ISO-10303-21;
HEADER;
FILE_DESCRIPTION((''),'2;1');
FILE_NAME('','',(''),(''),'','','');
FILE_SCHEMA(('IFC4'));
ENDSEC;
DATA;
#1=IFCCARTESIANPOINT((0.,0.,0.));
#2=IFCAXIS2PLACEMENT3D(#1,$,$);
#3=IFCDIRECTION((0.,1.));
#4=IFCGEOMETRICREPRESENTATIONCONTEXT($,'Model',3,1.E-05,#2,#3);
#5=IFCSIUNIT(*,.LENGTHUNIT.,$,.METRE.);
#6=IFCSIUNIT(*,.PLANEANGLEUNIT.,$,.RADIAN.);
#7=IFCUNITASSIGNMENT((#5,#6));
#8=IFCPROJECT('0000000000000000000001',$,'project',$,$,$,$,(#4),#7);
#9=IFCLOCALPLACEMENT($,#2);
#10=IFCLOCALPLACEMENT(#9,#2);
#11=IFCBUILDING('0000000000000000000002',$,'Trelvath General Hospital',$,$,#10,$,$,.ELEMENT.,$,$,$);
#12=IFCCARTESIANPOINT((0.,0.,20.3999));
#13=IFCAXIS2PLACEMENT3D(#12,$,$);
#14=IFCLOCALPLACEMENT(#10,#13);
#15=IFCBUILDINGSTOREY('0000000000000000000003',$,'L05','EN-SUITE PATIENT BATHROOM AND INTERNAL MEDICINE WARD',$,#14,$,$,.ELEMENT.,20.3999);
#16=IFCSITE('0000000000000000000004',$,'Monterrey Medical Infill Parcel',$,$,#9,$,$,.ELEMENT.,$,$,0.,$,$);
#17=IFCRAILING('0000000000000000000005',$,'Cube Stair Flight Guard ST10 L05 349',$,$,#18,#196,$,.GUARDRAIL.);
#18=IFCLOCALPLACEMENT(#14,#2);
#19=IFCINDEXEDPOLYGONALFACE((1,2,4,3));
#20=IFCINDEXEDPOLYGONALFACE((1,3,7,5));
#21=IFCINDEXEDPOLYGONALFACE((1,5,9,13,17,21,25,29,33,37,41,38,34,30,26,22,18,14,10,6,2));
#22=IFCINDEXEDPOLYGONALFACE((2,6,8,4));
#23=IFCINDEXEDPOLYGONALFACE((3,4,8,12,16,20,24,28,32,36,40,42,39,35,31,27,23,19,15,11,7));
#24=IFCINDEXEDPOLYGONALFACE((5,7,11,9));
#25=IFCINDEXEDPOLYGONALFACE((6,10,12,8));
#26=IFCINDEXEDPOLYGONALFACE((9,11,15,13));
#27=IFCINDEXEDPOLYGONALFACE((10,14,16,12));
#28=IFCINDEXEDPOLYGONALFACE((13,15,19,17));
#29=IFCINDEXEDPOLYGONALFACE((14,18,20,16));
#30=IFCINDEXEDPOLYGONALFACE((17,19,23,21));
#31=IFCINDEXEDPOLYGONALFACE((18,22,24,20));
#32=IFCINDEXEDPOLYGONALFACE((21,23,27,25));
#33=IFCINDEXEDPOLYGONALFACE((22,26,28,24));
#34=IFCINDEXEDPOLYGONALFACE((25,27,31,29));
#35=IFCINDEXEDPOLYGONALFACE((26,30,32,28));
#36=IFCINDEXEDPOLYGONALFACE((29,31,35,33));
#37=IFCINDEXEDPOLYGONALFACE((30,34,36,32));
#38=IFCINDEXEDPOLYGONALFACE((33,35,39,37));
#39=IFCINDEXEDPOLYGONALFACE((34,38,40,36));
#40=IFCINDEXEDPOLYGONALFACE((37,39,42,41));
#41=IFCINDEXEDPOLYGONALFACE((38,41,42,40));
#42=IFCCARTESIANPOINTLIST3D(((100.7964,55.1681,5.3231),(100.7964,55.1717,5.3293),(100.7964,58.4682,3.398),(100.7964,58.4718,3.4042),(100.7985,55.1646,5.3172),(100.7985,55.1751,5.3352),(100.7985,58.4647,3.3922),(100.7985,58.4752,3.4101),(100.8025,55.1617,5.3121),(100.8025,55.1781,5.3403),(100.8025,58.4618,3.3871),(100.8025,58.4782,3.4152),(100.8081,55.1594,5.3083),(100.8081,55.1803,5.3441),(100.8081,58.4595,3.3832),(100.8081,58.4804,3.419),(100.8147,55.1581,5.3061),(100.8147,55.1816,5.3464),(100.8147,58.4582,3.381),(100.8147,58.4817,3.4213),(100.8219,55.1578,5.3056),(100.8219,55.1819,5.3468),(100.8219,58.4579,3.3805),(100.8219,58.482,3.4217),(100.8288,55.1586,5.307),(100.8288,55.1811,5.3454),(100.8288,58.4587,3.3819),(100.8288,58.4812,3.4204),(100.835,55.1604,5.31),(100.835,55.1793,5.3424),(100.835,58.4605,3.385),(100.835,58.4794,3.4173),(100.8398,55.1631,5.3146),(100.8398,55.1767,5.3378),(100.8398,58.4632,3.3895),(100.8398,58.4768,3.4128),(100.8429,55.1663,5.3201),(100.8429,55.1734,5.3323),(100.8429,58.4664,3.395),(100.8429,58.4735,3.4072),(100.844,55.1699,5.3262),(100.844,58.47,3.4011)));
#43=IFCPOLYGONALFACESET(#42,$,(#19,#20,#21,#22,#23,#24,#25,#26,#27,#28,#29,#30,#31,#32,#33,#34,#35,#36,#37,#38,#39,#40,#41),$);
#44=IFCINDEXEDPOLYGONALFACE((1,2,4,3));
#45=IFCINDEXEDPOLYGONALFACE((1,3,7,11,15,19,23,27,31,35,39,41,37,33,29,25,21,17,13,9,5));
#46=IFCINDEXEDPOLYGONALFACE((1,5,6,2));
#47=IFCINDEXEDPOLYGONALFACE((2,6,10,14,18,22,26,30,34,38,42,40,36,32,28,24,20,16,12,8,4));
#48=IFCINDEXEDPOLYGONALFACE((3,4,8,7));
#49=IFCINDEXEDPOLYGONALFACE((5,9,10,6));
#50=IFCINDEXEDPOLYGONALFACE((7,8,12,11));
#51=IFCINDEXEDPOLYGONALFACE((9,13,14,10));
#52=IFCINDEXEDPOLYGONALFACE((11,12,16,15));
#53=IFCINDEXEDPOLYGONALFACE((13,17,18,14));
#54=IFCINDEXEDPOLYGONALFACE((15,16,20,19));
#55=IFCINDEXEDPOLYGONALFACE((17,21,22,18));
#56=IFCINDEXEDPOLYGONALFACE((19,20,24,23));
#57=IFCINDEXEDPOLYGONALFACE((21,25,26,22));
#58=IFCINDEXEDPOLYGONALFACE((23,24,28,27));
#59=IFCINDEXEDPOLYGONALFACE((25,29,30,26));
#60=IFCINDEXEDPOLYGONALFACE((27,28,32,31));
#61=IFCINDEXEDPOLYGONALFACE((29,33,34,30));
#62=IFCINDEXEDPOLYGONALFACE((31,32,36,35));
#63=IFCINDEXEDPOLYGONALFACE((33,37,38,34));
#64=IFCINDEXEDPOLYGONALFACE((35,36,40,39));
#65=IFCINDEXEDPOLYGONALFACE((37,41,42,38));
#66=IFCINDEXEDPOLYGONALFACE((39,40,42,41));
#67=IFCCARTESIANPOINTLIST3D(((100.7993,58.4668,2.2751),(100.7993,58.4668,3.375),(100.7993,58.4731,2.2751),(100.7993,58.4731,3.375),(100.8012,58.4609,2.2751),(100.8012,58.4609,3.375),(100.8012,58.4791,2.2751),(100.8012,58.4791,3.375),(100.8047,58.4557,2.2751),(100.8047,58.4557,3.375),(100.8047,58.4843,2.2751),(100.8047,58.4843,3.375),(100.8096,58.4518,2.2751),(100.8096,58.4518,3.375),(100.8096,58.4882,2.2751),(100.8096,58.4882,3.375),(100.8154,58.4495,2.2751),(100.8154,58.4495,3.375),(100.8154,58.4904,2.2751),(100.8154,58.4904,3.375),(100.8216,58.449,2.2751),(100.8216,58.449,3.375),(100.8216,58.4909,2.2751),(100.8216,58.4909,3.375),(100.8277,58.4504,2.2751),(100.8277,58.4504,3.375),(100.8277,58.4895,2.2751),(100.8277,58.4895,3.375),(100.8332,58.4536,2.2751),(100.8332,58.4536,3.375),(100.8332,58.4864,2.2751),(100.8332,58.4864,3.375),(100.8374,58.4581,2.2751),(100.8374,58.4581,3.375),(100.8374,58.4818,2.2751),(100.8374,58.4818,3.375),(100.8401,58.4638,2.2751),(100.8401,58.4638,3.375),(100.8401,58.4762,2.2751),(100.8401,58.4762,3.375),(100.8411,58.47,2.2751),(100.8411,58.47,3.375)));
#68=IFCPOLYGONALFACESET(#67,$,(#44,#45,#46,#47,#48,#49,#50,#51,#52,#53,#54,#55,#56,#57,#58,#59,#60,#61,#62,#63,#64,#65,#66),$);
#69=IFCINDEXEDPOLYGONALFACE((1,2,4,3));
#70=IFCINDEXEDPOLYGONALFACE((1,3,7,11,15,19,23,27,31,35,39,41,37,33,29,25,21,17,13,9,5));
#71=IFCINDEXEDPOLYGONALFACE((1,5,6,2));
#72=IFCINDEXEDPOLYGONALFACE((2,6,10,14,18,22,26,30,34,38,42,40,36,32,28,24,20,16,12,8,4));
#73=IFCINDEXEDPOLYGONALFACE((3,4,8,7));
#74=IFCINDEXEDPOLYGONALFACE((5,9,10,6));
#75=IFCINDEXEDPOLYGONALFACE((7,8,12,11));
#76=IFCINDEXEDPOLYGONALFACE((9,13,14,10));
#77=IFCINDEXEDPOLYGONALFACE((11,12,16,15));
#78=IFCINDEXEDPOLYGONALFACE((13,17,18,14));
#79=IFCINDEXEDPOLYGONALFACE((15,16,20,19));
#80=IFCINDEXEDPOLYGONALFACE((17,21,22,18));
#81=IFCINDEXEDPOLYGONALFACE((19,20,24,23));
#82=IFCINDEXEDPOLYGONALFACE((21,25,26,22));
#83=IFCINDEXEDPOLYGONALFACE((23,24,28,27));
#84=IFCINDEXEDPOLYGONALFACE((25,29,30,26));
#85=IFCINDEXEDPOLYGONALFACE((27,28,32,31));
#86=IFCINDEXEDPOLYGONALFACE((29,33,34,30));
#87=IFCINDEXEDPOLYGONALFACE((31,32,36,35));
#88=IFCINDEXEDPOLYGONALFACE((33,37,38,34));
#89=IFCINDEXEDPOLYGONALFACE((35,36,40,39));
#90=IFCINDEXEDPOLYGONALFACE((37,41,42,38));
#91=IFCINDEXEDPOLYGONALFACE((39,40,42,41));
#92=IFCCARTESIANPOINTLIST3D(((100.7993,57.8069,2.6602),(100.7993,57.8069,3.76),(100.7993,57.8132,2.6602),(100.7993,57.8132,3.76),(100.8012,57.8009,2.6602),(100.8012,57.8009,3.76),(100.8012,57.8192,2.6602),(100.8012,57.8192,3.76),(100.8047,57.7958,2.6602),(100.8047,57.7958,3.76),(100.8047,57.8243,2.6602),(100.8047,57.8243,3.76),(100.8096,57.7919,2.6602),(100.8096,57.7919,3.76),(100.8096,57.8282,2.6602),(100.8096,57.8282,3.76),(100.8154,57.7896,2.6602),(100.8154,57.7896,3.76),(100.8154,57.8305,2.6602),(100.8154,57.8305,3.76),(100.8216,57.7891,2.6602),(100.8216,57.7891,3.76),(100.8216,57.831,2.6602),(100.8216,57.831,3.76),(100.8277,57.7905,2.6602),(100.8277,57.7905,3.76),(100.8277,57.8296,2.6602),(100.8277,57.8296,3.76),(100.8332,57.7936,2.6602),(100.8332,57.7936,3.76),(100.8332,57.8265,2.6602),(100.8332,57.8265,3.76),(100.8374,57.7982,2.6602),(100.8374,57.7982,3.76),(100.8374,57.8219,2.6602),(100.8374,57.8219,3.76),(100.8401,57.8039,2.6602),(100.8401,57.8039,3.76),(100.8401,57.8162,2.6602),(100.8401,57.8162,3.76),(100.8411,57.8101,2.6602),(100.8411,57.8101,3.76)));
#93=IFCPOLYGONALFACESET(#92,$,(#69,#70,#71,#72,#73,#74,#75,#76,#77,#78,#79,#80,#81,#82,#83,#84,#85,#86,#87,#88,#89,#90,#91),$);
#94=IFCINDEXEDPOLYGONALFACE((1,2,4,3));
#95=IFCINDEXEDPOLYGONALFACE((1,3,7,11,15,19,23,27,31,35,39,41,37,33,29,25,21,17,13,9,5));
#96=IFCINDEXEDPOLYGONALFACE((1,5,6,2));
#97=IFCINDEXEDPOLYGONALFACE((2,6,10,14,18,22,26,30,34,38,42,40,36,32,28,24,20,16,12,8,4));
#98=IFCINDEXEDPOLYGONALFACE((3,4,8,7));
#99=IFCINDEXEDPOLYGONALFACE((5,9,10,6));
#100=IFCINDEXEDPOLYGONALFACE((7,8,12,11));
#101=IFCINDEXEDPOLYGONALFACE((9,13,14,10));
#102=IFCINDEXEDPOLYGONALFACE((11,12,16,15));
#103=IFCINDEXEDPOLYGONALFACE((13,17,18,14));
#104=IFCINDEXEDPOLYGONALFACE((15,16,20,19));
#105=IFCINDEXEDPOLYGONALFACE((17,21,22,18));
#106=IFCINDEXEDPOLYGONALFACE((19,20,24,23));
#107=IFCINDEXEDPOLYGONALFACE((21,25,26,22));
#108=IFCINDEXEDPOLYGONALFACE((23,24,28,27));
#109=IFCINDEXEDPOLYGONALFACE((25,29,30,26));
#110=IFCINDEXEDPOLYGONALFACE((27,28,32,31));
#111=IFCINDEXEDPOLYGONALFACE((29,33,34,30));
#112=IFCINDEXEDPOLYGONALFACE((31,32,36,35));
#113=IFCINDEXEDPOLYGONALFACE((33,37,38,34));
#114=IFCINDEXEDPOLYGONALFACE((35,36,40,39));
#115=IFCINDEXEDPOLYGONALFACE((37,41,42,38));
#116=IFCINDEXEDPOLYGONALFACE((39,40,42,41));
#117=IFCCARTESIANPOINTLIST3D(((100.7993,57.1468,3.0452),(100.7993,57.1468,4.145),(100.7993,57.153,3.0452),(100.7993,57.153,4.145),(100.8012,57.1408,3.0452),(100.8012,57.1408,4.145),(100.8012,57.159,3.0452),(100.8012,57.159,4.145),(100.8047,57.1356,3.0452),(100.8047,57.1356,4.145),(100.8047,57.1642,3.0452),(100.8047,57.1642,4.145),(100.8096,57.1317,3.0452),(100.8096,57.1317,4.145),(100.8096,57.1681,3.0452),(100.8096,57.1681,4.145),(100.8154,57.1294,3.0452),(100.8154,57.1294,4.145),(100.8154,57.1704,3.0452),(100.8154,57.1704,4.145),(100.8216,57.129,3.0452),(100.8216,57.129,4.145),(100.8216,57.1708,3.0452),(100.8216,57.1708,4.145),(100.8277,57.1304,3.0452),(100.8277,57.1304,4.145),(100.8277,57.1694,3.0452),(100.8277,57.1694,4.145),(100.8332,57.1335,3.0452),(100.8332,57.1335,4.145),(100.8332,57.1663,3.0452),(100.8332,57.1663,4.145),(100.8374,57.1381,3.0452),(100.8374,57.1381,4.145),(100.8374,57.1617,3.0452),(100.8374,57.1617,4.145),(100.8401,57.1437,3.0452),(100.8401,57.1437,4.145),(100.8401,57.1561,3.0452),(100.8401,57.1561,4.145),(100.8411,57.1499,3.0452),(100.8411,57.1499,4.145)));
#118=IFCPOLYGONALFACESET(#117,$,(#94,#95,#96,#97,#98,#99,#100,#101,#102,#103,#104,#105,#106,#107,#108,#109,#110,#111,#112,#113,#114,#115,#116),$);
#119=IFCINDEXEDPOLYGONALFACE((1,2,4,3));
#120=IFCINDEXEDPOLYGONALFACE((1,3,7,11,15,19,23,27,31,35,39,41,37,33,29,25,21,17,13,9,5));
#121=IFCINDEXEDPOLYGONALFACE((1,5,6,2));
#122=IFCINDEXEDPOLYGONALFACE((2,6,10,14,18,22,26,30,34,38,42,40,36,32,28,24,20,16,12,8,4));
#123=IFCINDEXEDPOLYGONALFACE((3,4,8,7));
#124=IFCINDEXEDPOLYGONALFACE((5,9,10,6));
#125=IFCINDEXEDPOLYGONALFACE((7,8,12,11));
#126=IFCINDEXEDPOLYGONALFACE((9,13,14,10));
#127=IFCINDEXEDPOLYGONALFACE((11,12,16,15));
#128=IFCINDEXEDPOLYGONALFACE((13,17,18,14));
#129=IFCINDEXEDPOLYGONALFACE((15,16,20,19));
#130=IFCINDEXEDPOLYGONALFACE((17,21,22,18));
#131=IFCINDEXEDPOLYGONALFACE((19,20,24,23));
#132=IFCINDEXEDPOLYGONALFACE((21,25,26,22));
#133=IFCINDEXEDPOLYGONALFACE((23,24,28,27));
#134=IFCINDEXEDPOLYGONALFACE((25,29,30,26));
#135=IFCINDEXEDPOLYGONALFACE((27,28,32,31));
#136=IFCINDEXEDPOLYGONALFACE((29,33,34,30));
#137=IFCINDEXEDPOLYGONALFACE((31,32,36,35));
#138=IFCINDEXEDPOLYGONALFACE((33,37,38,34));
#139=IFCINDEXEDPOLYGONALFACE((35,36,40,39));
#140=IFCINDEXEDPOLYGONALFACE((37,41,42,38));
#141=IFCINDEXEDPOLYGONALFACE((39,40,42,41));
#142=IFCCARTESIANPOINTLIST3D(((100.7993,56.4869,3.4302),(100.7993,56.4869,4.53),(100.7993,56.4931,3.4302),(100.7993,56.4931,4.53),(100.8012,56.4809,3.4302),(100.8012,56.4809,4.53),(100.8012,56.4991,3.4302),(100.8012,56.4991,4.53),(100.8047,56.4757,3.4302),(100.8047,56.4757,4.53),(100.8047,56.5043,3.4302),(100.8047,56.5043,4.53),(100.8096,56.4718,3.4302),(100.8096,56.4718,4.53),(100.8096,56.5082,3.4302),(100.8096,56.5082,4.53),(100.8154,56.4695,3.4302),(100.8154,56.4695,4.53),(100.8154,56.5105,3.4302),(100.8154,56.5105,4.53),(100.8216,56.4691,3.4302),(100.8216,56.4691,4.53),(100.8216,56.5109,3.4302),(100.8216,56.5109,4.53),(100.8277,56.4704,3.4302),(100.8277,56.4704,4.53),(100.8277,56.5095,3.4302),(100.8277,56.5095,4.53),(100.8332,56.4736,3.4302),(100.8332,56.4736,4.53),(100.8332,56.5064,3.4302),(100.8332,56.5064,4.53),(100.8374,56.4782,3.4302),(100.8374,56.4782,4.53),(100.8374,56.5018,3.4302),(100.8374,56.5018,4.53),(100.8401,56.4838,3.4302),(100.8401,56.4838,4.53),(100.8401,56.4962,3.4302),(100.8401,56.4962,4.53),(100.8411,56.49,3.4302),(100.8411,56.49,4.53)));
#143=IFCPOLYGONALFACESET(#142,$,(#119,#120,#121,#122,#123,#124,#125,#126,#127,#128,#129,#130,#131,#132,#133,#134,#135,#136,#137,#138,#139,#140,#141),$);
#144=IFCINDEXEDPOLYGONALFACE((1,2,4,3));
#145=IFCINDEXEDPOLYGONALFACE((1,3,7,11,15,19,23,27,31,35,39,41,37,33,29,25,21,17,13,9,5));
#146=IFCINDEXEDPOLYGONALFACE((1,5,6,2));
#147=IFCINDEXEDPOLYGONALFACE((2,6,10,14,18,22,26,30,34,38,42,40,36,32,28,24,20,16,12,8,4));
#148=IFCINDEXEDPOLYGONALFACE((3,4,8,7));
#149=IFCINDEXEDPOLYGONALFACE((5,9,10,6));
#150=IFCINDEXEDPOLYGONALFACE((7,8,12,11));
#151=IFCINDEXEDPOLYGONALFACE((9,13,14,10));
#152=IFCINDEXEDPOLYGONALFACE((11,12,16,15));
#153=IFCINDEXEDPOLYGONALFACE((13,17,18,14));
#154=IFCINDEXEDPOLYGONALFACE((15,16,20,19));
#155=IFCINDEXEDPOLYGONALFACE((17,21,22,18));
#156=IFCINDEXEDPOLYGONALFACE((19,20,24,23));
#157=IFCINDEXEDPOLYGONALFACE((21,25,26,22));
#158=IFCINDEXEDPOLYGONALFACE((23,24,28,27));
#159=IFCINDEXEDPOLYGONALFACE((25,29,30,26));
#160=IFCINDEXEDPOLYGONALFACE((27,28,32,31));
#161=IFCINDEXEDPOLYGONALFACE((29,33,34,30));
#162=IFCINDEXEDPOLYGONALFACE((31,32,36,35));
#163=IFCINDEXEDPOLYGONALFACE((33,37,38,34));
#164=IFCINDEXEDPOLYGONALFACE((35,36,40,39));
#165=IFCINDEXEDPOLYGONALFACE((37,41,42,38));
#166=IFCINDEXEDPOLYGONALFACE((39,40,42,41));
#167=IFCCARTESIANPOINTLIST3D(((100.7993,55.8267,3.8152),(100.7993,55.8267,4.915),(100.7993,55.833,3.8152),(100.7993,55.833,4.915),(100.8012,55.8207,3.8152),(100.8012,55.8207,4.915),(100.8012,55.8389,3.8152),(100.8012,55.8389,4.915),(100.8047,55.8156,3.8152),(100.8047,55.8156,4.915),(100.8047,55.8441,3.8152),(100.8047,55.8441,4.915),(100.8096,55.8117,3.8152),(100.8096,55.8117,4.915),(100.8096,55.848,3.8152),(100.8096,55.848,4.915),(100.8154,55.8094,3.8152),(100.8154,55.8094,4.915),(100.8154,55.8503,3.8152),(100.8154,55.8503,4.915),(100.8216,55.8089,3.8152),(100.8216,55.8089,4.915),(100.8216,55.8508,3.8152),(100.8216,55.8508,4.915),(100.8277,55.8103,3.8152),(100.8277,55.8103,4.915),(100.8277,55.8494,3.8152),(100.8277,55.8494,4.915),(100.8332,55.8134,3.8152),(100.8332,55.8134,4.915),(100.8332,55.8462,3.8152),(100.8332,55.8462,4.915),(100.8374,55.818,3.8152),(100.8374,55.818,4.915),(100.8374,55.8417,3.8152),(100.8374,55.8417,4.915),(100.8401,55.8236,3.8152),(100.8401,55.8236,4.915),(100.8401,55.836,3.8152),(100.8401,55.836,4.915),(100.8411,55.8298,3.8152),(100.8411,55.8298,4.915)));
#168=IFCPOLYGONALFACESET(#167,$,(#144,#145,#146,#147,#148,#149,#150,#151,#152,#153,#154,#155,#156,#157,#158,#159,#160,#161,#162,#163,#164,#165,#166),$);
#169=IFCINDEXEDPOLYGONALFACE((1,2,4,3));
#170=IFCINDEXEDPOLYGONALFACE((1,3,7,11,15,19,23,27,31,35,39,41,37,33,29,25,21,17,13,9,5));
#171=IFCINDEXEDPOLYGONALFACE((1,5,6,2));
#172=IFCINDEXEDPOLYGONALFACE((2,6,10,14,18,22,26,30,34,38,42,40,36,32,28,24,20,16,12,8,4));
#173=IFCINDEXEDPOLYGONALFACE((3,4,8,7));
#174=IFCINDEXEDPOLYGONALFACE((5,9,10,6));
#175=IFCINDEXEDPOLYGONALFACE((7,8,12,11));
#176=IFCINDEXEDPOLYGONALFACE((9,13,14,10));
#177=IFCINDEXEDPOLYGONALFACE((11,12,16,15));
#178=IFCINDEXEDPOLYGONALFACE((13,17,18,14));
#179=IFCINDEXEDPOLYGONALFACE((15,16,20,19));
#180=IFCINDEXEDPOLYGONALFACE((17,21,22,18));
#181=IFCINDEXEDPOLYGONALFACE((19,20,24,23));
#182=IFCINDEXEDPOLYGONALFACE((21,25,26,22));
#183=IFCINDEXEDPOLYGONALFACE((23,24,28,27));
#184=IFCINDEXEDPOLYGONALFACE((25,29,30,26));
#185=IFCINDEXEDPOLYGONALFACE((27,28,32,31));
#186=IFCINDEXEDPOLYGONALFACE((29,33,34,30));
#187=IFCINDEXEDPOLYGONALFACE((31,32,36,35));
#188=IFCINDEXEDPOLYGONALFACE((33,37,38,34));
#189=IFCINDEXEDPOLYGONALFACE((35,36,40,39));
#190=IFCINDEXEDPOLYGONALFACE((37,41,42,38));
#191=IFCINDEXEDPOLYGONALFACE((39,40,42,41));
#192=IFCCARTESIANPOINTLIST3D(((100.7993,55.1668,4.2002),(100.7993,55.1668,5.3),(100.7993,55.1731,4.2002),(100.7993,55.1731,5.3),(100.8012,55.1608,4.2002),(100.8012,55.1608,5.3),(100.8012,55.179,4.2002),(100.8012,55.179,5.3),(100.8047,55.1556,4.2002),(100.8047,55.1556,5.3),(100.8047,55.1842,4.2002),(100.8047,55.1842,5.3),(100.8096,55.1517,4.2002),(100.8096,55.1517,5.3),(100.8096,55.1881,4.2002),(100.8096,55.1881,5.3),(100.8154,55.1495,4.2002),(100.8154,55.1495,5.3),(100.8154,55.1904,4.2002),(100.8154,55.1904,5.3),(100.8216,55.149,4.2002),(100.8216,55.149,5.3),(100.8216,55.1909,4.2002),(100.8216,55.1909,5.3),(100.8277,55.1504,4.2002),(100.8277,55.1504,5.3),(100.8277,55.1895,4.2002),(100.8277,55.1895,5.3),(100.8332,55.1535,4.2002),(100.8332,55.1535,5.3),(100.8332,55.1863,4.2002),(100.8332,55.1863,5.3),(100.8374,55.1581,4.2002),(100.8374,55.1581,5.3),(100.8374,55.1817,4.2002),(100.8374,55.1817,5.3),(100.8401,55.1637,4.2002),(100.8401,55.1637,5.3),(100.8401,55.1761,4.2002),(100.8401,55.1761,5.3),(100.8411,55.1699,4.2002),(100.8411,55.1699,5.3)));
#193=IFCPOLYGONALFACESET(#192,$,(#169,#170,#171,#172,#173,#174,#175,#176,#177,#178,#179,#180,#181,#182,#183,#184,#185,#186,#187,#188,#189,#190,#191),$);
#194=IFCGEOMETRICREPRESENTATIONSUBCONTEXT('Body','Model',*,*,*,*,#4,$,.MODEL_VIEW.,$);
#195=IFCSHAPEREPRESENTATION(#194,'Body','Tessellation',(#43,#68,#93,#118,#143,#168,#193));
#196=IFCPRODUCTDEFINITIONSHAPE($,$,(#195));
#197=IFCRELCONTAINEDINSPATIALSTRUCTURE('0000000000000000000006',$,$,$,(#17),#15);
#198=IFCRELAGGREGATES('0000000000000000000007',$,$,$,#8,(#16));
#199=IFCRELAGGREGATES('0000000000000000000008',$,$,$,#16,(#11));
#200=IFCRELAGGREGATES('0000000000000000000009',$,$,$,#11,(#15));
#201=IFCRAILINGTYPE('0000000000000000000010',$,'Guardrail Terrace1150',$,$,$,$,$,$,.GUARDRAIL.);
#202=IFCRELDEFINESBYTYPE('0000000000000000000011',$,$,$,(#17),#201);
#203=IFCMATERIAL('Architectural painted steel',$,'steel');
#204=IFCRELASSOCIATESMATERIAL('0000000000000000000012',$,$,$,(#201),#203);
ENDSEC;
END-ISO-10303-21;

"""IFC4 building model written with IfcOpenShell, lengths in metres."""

from ifc_helpers import new_model, si_unit, direction, frame, origin, origin_2d, place, context, subcontext, project, spatial, circle, extrude, material, type_object, element, save


model = new_model("IFC4")

# Units and contexts
model_context = context("Model", 3, precision=1e-05, world=origin(), true_north=direction((0.0, 1.0)))
body_context = subcontext(model_context, "Body", "Model", "MODEL_VIEW")
ifc_project = project(units=[si_unit("LENGTHUNIT", "METRE"), si_unit("PLANEANGLEUNIT", "RADIAN")], contexts=[model_context])

# Site, building, storey
site_placement = place(None, origin())
site = spatial("IfcSite", under=ifc_project, at=site_placement, Name="Monterrey Medical Infill Parcel", CompositionType="ELEMENT", RefElevation=0.0)
building_placement = place(site_placement, origin())
building = spatial("IfcBuilding", under=site, at=building_placement, Name="Trelvath General Hospital", CompositionType="ELEMENT")
storey_placement = place(building_placement, frame((0.0, 0.0, 20.3999)))
storey = spatial("IfcBuildingStorey", under=building, at=storey_placement, Name="L05", Description="EN-SUITE PATIENT BATHROOM AND INTERNAL MEDICINE WARD", CompositionType="ELEMENT", Elevation=20.3999)

# Railing
ifc_material_1 = material(Name="Architectural painted steel", Category="steel")
railing_type = type_object("IfcRailingType", Name="Guardrail Terrace1150", PredefinedType="GUARDRAIL", material=ifc_material_1)
for number, where, name in (
    (1, (100.8201, 58.47, 2.2751), "Cube Stair Flight Guard ST10 L05 349"),
):
    element("IfcRailing", number, at=place(storey_placement, frame(where)), inside=storey, type_object=railing_type, Name=name, PredefinedType="GUARDRAIL", context=body_context, shape_type="SweptSolid", body=[
        extrude(circle(Radius=0.0239, at=origin_2d()), frame((0.0, 0.0, 1.126), z_axis=(0.0, -0.863777, 0.503875), x_axis=(1.0, 0.0, 0.0)), (0.0, 0.0, 1.0), 3.8206),
        extrude(circle(Radius=0.021, at=origin_2d()), origin(), (0.0, 0.0, 1.0), 1.0999),
        extrude(circle(Radius=0.021, at=origin_2d()), frame((0.0, -0.6599, 0.385)), (0.0, 0.0, 1.0), 1.0999),
        extrude(circle(Radius=0.021, at=origin_2d()), frame((0.0, -1.3201, 0.77)), (0.0, 0.0, 1.0), 1.0999),
        extrude(circle(Radius=0.021, at=origin_2d()), frame((0.0, -1.98, 1.155)), (0.0, 0.0, 1.0), 1.0999),
        extrude(circle(Radius=0.021, at=origin_2d()), frame((0.0, -2.6401, 1.54)), (0.0, 0.0, 1.0), 1.0999),
        extrude(circle(Radius=0.021, at=origin_2d()), frame((0.0, -3.3, 1.925)), (0.0, 0.0, 1.0), 1.0999),
    ])

save(model, "model.ifc")
